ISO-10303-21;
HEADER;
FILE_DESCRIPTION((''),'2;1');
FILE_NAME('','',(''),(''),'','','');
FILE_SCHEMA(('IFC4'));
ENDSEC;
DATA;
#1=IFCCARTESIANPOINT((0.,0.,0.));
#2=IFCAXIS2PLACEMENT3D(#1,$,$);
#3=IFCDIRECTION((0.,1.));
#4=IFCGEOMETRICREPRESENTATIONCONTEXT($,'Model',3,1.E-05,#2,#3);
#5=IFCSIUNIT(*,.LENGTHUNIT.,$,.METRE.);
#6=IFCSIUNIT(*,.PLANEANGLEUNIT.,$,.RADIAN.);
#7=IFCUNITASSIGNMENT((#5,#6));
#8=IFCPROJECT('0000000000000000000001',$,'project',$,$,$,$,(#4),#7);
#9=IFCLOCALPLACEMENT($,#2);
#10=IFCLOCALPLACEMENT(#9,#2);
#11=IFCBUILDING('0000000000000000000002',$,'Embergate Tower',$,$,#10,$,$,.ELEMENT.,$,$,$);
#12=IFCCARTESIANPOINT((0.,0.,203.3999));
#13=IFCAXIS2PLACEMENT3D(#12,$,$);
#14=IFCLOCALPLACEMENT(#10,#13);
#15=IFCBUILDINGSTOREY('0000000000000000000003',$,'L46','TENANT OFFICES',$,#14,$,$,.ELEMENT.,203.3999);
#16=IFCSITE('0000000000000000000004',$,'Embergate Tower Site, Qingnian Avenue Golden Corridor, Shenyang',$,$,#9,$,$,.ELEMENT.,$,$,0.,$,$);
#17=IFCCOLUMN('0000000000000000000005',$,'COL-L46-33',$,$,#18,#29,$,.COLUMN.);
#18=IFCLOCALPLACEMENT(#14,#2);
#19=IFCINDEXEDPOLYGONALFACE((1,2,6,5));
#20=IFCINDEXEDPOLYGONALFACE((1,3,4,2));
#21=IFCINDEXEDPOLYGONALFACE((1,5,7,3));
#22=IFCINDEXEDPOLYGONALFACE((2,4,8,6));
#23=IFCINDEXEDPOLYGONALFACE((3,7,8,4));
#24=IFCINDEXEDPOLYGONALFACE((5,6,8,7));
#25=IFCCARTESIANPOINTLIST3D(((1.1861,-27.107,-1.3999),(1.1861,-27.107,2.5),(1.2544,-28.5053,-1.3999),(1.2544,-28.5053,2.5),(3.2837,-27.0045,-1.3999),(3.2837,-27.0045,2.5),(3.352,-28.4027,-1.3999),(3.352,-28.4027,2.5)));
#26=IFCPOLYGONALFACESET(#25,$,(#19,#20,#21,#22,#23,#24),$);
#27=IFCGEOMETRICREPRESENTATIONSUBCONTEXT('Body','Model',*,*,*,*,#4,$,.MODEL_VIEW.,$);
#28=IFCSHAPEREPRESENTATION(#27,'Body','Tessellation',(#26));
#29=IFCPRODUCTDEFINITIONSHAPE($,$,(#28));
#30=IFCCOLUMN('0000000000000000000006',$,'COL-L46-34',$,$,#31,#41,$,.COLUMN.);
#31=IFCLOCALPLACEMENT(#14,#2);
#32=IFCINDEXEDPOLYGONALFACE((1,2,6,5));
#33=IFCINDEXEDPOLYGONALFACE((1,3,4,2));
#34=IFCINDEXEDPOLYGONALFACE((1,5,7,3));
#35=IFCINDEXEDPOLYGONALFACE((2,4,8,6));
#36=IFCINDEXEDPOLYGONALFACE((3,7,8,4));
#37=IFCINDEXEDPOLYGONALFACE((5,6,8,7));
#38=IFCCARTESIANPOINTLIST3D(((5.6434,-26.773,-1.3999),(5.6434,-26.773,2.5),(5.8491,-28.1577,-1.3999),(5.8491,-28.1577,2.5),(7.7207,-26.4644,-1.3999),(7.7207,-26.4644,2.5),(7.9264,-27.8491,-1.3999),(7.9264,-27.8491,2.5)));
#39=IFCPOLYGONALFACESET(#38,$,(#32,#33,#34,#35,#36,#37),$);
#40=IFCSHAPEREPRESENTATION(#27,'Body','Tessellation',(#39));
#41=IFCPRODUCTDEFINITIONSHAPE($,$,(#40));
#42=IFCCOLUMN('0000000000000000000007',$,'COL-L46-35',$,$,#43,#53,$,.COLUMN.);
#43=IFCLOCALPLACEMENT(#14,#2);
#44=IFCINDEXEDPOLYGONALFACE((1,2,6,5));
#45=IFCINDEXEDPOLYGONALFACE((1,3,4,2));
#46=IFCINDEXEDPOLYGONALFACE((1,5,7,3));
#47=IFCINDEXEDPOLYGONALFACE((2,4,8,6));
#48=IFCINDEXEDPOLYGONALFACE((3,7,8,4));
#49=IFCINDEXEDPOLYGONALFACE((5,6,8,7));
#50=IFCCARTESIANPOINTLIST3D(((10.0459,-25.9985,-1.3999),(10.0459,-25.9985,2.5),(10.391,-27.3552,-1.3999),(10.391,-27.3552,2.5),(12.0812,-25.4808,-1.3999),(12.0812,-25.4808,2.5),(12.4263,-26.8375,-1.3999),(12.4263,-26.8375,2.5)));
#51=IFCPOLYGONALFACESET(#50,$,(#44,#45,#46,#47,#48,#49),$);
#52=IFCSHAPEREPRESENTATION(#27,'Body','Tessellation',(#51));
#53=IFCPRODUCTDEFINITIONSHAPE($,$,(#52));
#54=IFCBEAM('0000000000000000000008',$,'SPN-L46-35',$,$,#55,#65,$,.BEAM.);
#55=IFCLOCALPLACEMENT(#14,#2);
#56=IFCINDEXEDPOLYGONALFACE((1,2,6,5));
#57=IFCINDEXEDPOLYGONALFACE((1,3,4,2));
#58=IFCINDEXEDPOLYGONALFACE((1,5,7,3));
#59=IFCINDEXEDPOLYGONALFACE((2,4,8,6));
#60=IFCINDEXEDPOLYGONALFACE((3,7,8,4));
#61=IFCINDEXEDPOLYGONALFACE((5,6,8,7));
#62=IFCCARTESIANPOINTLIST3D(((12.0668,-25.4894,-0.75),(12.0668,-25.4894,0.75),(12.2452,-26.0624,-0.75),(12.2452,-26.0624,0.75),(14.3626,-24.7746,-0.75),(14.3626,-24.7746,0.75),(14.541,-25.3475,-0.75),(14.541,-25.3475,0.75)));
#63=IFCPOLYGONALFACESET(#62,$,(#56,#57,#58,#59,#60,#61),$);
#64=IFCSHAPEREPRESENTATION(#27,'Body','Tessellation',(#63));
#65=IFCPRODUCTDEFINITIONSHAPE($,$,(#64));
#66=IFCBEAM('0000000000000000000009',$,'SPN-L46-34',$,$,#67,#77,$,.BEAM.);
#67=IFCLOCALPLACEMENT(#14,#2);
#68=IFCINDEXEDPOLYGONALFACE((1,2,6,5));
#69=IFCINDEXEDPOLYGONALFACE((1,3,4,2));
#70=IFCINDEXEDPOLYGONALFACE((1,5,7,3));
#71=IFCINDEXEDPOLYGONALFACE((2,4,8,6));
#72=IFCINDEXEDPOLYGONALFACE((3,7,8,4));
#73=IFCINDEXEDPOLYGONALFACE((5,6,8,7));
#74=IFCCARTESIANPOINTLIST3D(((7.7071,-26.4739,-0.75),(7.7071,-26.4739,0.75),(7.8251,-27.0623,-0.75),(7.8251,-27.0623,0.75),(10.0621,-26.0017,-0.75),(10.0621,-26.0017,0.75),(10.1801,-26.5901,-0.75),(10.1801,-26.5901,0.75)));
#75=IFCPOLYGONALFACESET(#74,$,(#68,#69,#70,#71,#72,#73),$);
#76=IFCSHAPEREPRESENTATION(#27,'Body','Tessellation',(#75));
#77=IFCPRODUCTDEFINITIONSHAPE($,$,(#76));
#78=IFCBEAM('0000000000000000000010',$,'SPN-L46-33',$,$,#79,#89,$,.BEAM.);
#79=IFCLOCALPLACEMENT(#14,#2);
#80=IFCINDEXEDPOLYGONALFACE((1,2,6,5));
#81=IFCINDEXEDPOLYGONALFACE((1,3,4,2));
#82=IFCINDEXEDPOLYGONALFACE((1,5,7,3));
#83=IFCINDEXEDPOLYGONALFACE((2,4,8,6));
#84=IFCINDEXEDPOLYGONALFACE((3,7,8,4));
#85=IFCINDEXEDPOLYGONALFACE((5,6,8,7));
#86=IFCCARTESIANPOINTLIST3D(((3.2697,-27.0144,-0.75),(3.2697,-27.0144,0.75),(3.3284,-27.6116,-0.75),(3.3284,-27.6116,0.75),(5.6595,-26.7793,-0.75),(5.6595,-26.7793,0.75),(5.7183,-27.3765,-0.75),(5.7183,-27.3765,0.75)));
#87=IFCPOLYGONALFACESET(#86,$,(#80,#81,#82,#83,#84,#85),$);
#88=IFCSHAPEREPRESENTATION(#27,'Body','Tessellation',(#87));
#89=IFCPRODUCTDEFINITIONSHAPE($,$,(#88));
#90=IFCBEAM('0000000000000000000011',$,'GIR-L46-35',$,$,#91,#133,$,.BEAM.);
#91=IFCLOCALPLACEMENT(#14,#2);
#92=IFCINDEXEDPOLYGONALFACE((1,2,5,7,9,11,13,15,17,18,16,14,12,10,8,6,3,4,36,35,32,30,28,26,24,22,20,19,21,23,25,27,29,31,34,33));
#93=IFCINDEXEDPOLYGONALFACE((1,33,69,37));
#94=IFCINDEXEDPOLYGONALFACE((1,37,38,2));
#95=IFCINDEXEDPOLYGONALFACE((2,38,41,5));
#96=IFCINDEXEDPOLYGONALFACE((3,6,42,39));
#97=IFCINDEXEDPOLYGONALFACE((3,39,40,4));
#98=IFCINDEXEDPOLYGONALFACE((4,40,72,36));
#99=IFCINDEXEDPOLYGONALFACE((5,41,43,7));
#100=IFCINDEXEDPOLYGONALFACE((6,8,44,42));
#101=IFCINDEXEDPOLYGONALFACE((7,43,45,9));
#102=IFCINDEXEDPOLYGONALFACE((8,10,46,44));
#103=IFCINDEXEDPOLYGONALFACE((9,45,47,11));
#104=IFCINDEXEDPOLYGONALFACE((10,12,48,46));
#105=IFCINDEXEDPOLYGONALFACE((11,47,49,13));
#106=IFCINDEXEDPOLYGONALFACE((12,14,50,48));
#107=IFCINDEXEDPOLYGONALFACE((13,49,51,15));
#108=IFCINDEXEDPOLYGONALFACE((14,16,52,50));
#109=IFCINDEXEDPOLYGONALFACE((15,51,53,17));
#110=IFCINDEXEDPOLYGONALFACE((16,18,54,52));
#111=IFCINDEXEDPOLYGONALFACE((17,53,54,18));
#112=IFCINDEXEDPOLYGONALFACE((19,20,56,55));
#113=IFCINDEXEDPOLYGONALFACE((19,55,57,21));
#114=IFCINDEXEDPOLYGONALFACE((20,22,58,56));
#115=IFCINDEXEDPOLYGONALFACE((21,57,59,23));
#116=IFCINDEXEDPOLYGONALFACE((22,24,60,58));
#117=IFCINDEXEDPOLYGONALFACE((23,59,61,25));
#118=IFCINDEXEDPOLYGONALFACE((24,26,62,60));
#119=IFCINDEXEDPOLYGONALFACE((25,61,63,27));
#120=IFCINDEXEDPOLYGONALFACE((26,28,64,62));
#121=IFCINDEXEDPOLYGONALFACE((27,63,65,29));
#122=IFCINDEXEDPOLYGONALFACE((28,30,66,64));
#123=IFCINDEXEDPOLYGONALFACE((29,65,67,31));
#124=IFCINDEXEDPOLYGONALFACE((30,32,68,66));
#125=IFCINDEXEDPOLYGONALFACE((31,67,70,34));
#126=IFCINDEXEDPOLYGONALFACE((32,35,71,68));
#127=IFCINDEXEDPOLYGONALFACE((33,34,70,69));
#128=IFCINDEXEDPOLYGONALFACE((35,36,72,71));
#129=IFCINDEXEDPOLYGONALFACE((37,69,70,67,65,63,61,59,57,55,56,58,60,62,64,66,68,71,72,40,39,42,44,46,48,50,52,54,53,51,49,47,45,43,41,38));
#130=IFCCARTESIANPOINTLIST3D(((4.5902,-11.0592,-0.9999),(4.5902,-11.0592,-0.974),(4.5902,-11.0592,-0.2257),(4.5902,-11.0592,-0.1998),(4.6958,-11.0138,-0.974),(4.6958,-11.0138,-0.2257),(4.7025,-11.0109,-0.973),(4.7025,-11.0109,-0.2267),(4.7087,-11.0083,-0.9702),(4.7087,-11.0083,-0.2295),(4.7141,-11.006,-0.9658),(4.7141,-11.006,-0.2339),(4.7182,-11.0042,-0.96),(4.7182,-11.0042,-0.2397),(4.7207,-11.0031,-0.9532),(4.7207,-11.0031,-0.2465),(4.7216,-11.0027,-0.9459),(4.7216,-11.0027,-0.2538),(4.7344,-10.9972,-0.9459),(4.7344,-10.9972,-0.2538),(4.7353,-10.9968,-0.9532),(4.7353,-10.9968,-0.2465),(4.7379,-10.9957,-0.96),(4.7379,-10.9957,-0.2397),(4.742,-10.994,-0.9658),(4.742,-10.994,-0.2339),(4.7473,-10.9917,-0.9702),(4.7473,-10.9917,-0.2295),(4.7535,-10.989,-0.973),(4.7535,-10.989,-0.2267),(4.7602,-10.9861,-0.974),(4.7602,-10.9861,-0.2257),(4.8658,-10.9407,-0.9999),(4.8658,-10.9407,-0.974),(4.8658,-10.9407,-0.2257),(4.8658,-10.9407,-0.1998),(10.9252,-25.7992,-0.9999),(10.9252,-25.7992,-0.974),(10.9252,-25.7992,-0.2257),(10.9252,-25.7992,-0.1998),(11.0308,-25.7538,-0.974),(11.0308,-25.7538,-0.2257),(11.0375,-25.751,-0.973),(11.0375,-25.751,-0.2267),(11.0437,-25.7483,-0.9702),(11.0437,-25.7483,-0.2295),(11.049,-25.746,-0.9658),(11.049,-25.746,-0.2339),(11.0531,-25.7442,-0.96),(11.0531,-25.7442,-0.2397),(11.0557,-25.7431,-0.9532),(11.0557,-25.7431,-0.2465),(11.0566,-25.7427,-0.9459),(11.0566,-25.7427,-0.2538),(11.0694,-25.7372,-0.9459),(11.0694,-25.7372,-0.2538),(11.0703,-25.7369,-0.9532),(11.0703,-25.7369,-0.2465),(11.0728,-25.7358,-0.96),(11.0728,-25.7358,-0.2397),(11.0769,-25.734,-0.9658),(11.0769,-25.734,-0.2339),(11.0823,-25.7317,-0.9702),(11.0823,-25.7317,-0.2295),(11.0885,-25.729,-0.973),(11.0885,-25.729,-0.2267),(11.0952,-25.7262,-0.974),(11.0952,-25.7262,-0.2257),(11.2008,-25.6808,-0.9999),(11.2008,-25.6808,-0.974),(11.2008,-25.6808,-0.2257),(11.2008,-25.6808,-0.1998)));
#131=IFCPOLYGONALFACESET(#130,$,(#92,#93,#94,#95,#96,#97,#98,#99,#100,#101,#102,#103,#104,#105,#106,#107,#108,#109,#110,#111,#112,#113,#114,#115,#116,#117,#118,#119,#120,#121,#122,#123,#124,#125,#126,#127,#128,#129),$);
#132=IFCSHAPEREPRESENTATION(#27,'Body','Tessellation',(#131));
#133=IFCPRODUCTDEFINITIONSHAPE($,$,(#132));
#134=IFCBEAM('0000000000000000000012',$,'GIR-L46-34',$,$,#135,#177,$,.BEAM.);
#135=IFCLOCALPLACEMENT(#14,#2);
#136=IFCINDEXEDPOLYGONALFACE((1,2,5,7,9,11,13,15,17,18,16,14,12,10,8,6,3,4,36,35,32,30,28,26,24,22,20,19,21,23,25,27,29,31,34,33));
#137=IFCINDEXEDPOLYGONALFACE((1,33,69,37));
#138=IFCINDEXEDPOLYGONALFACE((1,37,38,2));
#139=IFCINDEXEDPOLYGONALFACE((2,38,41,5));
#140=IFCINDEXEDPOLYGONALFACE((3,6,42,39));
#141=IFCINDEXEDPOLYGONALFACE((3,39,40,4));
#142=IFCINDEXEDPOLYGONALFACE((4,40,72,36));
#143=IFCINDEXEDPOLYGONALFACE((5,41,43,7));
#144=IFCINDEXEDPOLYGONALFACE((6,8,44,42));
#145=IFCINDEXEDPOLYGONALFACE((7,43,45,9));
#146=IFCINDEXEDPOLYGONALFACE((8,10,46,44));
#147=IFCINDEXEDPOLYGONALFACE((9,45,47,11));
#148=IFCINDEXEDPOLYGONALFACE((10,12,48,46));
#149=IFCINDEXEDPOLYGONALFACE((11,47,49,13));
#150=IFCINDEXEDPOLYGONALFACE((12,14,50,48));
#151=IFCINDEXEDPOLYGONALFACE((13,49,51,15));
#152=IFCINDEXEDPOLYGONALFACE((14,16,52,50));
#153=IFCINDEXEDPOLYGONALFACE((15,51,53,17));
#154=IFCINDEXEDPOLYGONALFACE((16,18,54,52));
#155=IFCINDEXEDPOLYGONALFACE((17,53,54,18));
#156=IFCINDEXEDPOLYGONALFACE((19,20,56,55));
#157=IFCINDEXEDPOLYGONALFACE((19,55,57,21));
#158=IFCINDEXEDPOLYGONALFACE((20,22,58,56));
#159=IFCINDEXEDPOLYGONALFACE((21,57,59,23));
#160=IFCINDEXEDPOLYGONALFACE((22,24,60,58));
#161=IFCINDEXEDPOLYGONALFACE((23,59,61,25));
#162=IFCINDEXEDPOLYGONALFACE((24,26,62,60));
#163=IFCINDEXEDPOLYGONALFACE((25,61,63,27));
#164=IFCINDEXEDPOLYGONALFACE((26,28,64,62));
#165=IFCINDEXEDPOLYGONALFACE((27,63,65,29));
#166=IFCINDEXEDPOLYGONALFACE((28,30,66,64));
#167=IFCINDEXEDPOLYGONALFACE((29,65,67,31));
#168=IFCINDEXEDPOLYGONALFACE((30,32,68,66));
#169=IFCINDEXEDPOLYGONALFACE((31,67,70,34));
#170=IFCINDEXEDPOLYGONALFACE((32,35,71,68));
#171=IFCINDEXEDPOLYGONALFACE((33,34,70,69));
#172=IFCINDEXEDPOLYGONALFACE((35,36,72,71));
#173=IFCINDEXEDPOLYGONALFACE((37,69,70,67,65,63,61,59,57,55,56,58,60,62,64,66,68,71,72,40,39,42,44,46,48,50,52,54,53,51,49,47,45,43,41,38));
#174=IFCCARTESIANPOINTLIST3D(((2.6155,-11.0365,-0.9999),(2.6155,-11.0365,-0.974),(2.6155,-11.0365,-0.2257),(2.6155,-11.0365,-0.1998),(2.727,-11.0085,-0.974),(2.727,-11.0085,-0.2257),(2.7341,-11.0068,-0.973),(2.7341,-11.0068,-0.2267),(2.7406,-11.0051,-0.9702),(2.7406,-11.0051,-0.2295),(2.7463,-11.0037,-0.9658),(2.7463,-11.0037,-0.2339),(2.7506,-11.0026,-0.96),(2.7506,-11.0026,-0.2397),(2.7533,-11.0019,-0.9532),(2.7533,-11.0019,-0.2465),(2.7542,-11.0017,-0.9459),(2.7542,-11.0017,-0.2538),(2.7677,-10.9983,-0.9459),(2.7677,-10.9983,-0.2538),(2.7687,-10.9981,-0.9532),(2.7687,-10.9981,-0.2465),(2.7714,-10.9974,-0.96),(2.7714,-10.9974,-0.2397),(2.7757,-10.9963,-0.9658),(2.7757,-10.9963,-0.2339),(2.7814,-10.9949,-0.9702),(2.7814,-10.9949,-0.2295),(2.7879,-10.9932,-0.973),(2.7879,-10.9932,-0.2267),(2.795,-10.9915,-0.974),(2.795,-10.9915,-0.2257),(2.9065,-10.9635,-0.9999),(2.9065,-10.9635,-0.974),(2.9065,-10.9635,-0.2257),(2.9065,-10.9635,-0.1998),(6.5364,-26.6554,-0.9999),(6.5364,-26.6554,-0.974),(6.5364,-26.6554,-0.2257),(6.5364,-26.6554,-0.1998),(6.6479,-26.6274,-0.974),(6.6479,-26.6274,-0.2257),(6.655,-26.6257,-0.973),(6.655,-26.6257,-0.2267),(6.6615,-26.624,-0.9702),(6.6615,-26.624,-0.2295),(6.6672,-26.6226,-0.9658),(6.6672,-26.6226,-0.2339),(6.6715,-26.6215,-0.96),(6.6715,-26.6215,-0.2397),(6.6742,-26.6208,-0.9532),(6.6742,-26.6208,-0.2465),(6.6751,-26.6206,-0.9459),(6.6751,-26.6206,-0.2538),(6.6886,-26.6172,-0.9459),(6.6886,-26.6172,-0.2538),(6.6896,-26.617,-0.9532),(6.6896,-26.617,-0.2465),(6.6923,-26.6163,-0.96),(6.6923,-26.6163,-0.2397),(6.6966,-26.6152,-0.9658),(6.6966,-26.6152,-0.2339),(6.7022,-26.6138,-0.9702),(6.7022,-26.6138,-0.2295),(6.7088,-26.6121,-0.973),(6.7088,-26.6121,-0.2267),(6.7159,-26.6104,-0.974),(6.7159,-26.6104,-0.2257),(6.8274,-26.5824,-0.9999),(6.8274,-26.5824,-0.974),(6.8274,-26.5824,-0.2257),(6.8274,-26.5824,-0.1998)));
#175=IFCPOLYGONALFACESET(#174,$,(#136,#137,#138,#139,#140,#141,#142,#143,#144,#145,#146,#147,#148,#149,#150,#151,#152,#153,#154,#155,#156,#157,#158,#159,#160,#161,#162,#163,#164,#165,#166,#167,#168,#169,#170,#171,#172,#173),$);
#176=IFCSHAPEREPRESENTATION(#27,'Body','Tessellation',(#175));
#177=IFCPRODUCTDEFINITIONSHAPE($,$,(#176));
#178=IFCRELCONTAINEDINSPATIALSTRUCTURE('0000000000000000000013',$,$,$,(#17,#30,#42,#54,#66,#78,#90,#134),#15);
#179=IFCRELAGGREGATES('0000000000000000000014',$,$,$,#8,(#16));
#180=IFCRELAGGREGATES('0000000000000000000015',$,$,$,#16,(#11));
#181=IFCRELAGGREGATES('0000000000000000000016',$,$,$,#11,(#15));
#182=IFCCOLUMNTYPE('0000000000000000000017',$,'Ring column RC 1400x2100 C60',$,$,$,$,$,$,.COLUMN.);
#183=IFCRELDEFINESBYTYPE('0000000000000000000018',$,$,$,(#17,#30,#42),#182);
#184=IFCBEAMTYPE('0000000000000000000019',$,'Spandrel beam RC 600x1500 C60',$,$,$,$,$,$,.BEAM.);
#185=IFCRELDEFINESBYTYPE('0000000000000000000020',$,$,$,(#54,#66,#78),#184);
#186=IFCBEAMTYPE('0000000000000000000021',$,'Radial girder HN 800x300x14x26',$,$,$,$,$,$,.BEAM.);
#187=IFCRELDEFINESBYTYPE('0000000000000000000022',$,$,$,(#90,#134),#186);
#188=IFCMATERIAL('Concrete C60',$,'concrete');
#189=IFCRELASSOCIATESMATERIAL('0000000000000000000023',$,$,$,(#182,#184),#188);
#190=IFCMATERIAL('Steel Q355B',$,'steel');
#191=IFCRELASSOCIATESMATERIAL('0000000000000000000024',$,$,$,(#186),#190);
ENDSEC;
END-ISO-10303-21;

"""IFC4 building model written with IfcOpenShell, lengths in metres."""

from ifc_helpers import new_model, si_unit, direction, frame, origin, origin_2d, place, context, subcontext, project, spatial, rectangle, i_section, extrude, source, transform, mapped, material, material_profile, profile_set, type_object, element, save


model = new_model("IFC4")

# Units and contexts
model_context = context("Model", 3, precision=1e-05, world=origin(), true_north=direction((0.0, 1.0)))
body_context = subcontext(model_context, "Body", "Model", "MODEL_VIEW")
ifc_project = project(units=[si_unit("LENGTHUNIT", "METRE"), si_unit("PLANEANGLEUNIT", "RADIAN")], contexts=[model_context])

# Site, building, storey
site_placement = place(None, origin())
site = spatial("IfcSite", under=ifc_project, at=site_placement, Name="Embergate Tower Site, Qingnian Avenue Golden Corridor, Shenyang", CompositionType="ELEMENT", RefElevation=0.0)
building_placement = place(site_placement, origin())
building = spatial("IfcBuilding", under=site, at=building_placement, Name="Embergate Tower", CompositionType="ELEMENT")
storey_placement = place(building_placement, frame((0.0, 0.0, 203.3999)))
storey = spatial("IfcBuildingStorey", under=building, at=storey_placement, Name="L46", Description="TENANT OFFICES", CompositionType="ELEMENT", Elevation=203.3999)

# Columns
ifc_material_1 = material(Name="Concrete C60", Category="concrete")
ifc_material_profile_1 = material_profile(ifc_material_1, rectangle(XDim=1.3999, YDim=2.1001, at=origin_2d()), Name="RC 1400x2100")
ifc_profile_set_1 = profile_set([ifc_material_profile_1], Name="Concrete C60")
column_type = type_object("IfcColumnType", Name="Ring column RC 1400x2100 C60", PredefinedType="COLUMN", material=ifc_profile_set_1)
shared_shape_1 = source(origin(), body_context, "Body", "SweptSolid", [
    extrude(rectangle(XDim=1.3999, YDim=2.1001, at=origin_2d()), origin(), (0.0, 0.0, 1.0), 3.8999),
])
for number, where, z_axis, x_axis, name in (
    (1, (2.269, -27.7549, -1.3999), (0.0, 0.0, 1.0), (0.048815, -0.998808, 0.0), "COL-L46-33"),
    (2, (6.7849, -27.311, -1.3999), (0.0, 0.0, 1.0), (0.146929, -0.989147, 0.0), "COL-L46-34"),
    (3, (11.2361, -26.418, -1.3999), (0.0, 0.0, 1.0), (0.246509, -0.969141, 0.0), "COL-L46-35"),
):
    element("IfcColumn", number, at=place(storey_placement, frame(where, z_axis=z_axis, x_axis=x_axis)), inside=storey, type_object=column_type, Name=name, PredefinedType="COLUMN", context=body_context, shape_type="MappedRepresentation", body=[
        mapped(shared_shape_1, transform((0.0, 0.0, 0.0))),
    ])

# Beams
ifc_material_profile_2 = material_profile(ifc_material_1, rectangle(XDim=0.6001, YDim=1.5, at=origin_2d()), Name="RC 600x1500")
ifc_profile_set_2 = profile_set([ifc_material_profile_2], Name="Concrete C60")
beam_type_1 = type_object("IfcBeamType", Name="Spandrel beam RC 600x1500 C60", PredefinedType="BEAM", material=ifc_profile_set_2)
shared_shape_2 = source(origin(), body_context, "Body", "SweptSolid", [
    extrude(rectangle(XDim=0.6001, YDim=1.5, at=origin_2d()), origin(), (0.0, 0.0, 1.0), 2.4045),
])
beam_1_placement = place(storey_placement, frame((12.156, -25.7759, 0.0), z_axis=(0.95479, 0.29728, 0.0), x_axis=(-0.29728, 0.95479, 0.0)))
element("IfcBeam", 4, at=beam_1_placement, inside=storey, type_object=beam_type_1, Name="SPN-L46-35", PredefinedType="BEAM", context=body_context, shape_type="MappedRepresentation", body=[
    mapped(shared_shape_2, transform((0.0, 0.0, 0.0))),
])
shared_shape_3 = source(origin(), body_context, "Body", "SweptSolid", [
    extrude(rectangle(XDim=0.6001, YDim=1.5, at=origin_2d()), origin(), (0.0, 0.0, 1.0), 2.4019),
])
beam_2_placement = place(storey_placement, frame((7.7661, -26.7681, 0.0), z_axis=(0.980487, 0.196585, 0.0), x_axis=(-0.196585, 0.980487, 0.0)))
element("IfcBeam", 5, at=beam_2_placement, inside=storey, type_object=beam_type_1, Name="SPN-L46-34", PredefinedType="BEAM", context=body_context, shape_type="MappedRepresentation", body=[
    mapped(shared_shape_3, transform((0.0, 0.0, 0.0))),
])
shared_shape_4 = source(origin(), body_context, "Body", "SweptSolid", [
    extrude(rectangle(XDim=0.6001, YDim=1.5, at=origin_2d()), origin(), (0.0, 0.0, 1.0), 2.4014),
])
beam_3_placement = place(storey_placement, frame((3.2991, -27.313, 0.0), z_axis=(0.995196, 0.097903, 0.0), x_axis=(-0.097903, 0.995196, 0.0)))
element("IfcBeam", 6, at=beam_3_placement, inside=storey, type_object=beam_type_1, Name="SPN-L46-33", PredefinedType="BEAM", context=body_context, shape_type="MappedRepresentation", body=[
    mapped(shared_shape_4, transform((0.0, 0.0, 0.0))),
])
ifc_material_2 = material(Name="Steel Q355B", Category="steel")
ifc_material_profile_3 = material_profile(ifc_material_2, i_section(OverallWidth=0.3, OverallDepth=0.8, WebThickness=0.0139, FlangeThickness=0.0259, FilletRadius=0.0281, at=origin_2d()), Name="HN 800x300x14x26")
ifc_profile_set_3 = profile_set([ifc_material_profile_3], Name="Steel Q355 grade B")
beam_type_2 = type_object("IfcBeamType", Name="Radial girder HN 800x300x14x26", PredefinedType="BEAM", material=ifc_profile_set_3)
shared_shape_5 = source(origin(), body_context, "Body", "SweptSolid", [
    extrude(i_section(OverallWidth=0.3, OverallDepth=0.8, WebThickness=0.0139, FlangeThickness=0.0259, FilletRadius=0.0281, at=origin_2d()), origin(), (0.0, 0.0, 1.0), 16.0437),
])
beam_4_placement = place(storey_placement, frame((11.063, -25.74, -0.5999), z_axis=(-0.394858, 0.918742, 0.0), x_axis=(-0.918742, -0.394858, 0.0)))
element("IfcBeam", 7, at=beam_4_placement, inside=storey, type_object=beam_type_2, Name="GIR-L46-35", PredefinedType="BEAM", context=body_context, shape_type="MappedRepresentation", body=[
    mapped(shared_shape_5, transform((0.0, 0.0, 0.0))),
])
shared_shape_6 = source(origin(), body_context, "Body", "SweptSolid", [
    extrude(i_section(OverallWidth=0.3, OverallDepth=0.8, WebThickness=0.0139, FlangeThickness=0.0259, FilletRadius=0.0281, at=origin_2d()), origin(), (0.0, 0.0, 1.0), 16.1035),
])
beam_5_placement = place(storey_placement, frame((6.6819, -26.6189, -0.5999), z_axis=(-0.243481, 0.969906, 0.0), x_axis=(-0.969906, -0.243481, 0.0)))
element("IfcBeam", 8, at=beam_5_placement, inside=storey, type_object=beam_type_2, Name="GIR-L46-34", PredefinedType="BEAM", context=body_context, shape_type="MappedRepresentation", body=[
    mapped(shared_shape_6, transform((0.0, 0.0, 0.0))),
])

save(model, "model.ifc")
